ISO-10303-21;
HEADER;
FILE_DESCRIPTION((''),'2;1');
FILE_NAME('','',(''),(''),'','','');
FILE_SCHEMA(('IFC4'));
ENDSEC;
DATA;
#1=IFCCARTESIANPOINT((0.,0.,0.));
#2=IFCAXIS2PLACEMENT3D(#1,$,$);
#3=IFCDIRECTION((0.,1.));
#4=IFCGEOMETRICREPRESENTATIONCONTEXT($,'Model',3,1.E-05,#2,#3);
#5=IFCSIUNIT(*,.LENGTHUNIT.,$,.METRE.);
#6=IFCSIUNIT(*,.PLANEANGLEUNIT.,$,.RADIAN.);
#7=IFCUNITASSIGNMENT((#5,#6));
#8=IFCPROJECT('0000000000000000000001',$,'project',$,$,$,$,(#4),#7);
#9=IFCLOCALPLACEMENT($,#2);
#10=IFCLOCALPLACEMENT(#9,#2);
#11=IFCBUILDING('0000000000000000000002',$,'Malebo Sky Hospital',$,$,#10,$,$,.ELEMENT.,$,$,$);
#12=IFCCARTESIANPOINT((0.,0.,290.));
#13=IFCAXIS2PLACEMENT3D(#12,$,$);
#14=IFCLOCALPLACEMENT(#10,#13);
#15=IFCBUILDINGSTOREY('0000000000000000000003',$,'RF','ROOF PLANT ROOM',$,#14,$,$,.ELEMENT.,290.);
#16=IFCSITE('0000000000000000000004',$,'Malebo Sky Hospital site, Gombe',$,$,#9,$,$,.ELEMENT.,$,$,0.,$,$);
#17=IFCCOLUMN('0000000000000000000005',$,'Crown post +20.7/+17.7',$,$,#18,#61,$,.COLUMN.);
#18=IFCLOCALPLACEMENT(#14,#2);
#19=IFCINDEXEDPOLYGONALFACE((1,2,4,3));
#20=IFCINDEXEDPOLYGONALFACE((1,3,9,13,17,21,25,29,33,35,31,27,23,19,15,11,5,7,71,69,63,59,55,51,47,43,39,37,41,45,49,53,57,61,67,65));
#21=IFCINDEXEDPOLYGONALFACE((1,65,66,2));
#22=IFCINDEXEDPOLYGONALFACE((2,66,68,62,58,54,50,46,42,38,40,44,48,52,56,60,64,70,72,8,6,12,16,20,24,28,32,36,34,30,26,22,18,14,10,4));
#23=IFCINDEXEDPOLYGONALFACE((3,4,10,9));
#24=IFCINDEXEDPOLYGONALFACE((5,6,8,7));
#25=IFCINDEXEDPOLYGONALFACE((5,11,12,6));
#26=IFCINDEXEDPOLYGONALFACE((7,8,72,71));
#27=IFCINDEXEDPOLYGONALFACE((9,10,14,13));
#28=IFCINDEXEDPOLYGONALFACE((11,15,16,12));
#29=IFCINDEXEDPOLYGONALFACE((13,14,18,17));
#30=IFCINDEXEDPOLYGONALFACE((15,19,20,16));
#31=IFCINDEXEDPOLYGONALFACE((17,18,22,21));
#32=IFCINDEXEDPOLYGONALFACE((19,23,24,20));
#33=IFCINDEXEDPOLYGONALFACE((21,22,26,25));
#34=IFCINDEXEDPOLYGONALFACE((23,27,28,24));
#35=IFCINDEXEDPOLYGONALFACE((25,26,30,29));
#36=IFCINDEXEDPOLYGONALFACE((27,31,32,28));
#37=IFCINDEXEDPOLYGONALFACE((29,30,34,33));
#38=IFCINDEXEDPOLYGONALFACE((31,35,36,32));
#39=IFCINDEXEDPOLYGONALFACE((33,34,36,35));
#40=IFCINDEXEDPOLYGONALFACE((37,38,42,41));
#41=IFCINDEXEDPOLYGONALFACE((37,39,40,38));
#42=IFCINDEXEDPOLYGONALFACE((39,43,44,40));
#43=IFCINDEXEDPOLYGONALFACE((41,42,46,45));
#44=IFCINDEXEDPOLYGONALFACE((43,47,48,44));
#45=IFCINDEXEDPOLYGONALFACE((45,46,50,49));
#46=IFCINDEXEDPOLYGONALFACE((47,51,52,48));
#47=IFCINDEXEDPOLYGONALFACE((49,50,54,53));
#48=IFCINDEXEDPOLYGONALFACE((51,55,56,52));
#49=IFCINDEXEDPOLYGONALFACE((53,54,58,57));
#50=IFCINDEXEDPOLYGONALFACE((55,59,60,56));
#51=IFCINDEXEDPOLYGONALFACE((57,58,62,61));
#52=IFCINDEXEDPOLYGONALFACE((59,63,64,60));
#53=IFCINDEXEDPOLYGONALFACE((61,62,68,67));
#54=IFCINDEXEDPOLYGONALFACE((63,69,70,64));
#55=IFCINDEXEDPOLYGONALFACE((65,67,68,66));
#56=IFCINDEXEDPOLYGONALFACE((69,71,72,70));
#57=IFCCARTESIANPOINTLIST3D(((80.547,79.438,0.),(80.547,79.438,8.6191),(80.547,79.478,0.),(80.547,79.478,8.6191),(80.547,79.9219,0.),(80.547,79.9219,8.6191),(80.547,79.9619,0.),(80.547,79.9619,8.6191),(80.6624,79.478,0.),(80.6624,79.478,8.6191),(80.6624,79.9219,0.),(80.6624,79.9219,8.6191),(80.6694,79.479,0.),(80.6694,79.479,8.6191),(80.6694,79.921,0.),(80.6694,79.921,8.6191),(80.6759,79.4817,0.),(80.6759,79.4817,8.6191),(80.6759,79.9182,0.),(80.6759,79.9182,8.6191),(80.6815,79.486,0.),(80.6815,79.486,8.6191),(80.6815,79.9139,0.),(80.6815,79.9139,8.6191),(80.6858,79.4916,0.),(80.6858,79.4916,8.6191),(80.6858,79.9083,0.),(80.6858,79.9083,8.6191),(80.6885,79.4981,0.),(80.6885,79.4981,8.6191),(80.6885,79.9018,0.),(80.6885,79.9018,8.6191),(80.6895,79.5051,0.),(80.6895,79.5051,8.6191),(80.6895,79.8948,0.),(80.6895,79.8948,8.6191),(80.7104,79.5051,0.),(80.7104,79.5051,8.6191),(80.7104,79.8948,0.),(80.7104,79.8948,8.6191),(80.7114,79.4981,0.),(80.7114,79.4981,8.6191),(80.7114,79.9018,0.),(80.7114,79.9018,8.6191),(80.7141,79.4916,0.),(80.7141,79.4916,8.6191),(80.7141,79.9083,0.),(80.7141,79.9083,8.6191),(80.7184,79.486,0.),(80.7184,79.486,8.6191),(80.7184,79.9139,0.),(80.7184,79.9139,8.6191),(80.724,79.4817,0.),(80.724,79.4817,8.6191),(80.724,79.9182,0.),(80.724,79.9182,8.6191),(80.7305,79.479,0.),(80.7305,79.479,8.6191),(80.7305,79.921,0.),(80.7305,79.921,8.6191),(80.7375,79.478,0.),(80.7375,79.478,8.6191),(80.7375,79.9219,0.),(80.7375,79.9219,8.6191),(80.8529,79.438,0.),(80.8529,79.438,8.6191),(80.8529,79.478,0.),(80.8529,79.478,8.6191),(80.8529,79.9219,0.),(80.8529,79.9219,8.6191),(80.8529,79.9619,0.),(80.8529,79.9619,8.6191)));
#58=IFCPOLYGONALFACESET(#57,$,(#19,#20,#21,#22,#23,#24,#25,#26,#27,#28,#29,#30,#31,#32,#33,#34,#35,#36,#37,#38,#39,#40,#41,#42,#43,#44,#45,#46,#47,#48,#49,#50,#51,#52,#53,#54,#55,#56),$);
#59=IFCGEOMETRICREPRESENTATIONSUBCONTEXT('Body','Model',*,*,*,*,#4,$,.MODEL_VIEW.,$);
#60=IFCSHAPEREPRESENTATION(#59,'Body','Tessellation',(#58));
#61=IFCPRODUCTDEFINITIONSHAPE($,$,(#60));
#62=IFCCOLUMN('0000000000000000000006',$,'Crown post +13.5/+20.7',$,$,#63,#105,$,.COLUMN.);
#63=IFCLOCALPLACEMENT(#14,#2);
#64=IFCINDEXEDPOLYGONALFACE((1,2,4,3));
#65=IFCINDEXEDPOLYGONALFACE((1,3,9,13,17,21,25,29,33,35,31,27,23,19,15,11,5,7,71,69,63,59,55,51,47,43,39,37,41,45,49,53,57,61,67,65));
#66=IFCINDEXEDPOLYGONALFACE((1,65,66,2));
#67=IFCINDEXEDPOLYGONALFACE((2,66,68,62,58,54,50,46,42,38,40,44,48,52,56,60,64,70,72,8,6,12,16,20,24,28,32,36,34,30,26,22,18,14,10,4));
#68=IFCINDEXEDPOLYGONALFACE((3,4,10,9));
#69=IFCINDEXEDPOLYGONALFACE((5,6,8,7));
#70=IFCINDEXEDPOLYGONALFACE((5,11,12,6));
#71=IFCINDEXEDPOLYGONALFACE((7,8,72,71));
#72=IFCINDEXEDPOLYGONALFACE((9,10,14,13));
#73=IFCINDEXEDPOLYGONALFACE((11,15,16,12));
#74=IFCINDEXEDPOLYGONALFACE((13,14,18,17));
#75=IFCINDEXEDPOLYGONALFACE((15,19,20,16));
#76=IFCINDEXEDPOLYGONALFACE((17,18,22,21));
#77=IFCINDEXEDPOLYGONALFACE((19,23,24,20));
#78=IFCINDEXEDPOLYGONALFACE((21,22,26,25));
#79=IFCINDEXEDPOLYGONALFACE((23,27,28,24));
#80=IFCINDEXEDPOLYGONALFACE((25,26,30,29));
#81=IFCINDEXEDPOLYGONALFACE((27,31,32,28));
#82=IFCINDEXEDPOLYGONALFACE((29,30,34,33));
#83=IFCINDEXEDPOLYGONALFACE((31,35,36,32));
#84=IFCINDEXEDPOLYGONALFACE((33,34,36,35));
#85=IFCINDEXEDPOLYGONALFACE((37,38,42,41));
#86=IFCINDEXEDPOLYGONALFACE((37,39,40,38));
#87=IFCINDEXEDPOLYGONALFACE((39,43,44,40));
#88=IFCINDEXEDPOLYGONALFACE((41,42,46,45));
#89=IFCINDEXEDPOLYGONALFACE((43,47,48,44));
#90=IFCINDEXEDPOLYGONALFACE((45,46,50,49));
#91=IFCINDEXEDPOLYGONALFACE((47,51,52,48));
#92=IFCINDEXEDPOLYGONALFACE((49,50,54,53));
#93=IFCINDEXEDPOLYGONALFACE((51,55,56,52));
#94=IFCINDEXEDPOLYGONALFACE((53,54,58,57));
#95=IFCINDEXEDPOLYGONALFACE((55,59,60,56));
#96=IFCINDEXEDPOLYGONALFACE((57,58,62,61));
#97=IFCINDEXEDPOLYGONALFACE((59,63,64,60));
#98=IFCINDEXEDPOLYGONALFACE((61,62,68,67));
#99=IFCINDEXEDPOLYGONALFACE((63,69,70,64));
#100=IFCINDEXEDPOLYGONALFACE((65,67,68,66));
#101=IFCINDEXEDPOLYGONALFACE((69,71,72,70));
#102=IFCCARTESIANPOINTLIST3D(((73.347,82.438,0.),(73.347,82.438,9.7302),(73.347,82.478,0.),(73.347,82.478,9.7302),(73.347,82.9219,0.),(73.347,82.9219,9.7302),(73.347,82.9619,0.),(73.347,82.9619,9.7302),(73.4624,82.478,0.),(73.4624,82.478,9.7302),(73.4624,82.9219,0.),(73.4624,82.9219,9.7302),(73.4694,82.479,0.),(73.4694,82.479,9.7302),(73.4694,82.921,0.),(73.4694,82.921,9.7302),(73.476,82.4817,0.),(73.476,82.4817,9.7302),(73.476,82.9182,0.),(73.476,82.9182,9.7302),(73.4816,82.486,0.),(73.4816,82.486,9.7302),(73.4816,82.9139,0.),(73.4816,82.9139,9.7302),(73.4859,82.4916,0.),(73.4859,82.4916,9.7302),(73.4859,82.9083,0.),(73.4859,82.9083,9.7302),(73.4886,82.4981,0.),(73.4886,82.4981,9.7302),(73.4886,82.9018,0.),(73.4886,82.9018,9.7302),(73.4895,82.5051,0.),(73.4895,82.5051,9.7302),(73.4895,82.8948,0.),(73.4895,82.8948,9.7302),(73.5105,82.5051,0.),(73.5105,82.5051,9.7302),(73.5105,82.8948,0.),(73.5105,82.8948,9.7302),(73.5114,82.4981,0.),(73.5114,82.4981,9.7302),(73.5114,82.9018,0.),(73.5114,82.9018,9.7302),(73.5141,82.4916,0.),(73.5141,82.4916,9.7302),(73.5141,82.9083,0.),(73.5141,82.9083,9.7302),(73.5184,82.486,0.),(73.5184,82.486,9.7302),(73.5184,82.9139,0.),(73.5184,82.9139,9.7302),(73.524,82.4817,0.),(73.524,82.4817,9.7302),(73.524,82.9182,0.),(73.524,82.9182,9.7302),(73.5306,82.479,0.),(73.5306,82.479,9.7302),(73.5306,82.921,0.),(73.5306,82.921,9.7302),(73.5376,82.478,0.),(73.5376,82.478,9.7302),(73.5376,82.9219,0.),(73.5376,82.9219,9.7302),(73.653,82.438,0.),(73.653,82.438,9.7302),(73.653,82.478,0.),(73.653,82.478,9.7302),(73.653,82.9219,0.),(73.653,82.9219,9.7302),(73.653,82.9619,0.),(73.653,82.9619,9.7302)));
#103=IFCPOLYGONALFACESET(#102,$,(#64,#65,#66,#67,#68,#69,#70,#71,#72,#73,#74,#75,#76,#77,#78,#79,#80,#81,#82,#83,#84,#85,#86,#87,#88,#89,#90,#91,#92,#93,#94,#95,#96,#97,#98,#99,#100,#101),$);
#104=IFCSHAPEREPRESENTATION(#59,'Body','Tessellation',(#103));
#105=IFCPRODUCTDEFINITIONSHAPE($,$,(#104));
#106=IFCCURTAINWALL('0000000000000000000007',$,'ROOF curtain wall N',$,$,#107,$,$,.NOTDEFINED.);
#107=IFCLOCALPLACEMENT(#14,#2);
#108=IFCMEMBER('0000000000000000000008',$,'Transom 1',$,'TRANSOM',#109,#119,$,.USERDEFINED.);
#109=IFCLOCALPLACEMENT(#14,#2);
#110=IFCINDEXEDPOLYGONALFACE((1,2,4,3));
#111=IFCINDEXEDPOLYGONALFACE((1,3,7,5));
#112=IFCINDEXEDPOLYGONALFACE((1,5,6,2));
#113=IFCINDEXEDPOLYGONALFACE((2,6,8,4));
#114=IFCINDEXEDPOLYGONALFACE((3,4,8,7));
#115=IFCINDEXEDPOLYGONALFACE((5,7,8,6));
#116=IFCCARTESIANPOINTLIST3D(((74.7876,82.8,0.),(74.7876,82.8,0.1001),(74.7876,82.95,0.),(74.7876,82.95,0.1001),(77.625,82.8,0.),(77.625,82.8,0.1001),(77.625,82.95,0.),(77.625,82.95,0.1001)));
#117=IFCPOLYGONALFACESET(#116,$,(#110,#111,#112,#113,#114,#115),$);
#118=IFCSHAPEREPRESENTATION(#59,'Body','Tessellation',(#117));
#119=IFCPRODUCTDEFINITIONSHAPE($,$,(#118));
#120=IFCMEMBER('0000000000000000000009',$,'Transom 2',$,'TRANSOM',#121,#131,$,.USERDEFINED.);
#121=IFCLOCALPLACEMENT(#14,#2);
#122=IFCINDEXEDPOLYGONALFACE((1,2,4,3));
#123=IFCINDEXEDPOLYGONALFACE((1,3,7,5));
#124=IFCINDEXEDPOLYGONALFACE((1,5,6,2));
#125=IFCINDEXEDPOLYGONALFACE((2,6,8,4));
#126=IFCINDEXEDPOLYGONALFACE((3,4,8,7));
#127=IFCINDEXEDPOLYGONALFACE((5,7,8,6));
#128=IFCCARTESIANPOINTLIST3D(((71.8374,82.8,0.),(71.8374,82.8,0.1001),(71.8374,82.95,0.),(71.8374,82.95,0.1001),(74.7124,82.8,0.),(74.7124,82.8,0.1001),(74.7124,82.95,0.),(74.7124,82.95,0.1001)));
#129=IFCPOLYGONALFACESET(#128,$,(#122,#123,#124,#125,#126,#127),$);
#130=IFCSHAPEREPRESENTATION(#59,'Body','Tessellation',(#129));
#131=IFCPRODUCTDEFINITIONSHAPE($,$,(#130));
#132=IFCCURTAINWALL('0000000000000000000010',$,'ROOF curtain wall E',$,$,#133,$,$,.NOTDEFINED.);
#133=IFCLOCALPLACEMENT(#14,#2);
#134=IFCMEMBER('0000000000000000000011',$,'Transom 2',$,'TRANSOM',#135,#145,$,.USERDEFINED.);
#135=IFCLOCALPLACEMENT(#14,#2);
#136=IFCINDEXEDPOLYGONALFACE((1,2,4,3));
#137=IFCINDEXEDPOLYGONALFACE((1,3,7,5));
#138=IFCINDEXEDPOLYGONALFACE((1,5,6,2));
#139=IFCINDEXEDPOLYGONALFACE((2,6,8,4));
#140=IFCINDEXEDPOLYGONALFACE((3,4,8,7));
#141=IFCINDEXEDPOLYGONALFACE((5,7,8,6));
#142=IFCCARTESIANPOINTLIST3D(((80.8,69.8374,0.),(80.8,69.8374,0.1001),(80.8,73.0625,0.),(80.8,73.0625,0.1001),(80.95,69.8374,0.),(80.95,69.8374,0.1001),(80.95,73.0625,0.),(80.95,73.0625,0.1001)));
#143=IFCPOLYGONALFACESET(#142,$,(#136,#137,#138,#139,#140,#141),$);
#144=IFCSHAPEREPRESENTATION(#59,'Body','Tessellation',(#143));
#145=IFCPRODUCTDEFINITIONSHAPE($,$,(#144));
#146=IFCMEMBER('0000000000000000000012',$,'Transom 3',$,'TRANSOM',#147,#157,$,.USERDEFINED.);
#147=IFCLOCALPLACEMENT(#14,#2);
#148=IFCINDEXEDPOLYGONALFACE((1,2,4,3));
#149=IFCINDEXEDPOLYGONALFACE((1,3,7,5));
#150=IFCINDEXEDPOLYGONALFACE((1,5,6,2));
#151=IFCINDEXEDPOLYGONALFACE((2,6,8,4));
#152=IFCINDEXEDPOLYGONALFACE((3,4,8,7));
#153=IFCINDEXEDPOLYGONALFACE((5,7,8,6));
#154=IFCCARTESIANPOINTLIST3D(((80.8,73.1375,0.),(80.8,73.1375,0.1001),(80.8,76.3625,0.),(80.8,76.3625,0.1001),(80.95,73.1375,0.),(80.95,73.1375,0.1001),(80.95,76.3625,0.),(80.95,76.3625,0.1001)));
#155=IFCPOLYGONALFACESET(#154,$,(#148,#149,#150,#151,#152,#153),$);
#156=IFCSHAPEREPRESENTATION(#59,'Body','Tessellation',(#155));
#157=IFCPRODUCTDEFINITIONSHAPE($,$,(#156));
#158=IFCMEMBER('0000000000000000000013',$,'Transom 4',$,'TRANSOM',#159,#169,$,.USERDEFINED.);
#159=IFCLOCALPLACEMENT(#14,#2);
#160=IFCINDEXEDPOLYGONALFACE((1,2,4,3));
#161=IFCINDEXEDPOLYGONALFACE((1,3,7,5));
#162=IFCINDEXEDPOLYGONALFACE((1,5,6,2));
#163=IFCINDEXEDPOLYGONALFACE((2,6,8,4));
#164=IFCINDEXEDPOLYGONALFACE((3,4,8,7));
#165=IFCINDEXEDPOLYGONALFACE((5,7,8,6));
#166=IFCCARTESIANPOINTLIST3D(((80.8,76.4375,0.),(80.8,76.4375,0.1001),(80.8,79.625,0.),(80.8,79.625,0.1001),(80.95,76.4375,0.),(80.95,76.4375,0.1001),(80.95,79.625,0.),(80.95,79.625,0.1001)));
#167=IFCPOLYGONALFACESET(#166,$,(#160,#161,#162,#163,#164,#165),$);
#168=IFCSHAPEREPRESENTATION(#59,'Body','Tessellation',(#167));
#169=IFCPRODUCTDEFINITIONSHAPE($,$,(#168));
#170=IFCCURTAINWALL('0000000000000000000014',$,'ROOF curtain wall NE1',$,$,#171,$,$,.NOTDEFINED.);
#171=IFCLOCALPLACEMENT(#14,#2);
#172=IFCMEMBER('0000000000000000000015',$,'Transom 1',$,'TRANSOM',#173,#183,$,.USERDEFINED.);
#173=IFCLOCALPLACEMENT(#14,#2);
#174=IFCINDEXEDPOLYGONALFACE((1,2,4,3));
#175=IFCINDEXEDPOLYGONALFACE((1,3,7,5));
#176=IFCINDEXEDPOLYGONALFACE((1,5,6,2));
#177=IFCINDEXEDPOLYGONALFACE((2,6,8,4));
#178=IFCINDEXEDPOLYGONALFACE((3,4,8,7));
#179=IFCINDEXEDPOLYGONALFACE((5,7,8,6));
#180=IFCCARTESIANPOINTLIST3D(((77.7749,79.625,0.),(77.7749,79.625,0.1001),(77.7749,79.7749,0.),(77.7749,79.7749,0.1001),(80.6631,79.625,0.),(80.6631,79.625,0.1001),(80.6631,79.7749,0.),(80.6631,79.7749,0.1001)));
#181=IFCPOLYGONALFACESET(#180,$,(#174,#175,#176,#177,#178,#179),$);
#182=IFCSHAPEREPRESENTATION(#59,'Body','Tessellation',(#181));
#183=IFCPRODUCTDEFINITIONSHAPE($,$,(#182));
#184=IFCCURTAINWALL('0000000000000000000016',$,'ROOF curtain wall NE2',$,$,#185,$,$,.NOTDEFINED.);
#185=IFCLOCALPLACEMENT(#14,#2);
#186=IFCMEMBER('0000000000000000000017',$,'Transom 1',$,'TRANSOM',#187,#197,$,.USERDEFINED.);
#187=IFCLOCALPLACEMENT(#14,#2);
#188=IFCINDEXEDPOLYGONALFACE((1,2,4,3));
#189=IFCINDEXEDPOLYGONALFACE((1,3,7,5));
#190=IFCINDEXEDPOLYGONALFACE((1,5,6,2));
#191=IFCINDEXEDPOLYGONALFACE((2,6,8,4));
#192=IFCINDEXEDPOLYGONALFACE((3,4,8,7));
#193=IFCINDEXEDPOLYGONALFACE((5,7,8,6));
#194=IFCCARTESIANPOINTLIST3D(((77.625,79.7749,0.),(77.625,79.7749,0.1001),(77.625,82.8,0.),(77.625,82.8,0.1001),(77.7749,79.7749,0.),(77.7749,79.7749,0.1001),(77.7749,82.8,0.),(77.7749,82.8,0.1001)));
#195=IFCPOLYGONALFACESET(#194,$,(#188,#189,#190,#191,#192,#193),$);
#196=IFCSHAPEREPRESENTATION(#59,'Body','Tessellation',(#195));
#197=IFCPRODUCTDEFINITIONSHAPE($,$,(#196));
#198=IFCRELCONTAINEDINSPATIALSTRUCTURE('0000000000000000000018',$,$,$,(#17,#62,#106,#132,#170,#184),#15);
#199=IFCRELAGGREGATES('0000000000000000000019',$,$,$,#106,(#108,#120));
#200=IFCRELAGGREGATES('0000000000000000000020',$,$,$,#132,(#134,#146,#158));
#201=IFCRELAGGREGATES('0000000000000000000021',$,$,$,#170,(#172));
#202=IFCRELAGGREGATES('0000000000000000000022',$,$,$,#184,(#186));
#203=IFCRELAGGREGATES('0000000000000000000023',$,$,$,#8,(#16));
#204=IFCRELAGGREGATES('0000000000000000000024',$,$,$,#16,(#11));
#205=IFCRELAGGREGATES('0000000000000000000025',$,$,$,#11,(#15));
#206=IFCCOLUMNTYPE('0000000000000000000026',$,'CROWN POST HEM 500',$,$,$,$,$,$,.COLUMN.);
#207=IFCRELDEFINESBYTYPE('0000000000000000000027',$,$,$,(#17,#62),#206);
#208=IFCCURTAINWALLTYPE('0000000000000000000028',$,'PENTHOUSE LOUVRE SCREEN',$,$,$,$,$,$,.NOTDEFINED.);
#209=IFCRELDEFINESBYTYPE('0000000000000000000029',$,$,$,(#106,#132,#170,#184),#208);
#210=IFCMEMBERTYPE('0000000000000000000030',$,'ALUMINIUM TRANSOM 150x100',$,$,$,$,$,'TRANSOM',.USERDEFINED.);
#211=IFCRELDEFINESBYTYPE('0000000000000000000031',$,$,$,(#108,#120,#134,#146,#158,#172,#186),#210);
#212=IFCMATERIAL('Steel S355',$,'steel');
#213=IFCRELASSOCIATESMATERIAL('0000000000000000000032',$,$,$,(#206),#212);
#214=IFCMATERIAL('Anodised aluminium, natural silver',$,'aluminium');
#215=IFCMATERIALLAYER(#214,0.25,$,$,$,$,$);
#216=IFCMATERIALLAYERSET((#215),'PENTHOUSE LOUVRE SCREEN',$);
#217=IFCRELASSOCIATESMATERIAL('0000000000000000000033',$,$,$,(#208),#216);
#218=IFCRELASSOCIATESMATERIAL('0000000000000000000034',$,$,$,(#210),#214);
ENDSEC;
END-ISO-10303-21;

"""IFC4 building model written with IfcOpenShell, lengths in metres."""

from ifc_helpers import new_model, si_unit, direction, frame, origin, origin_2d, place, context, subcontext, project, spatial, rectangle, i_section, extrude, material, layer, layer_set, material_profile, profile_set, type_object, element, aggregate, save


model = new_model("IFC4")

# Units and contexts
model_context = context("Model", 3, precision=1e-05, world=origin(), true_north=direction((0.0, 1.0)))
body_context = subcontext(model_context, "Body", "Model", "MODEL_VIEW")
ifc_project = project(units=[si_unit("LENGTHUNIT", "METRE"), si_unit("PLANEANGLEUNIT", "RADIAN")], contexts=[model_context])

# Site, building, storey
site_placement = place(None, origin())
site = spatial("IfcSite", under=ifc_project, at=site_placement, Name="Malebo Sky Hospital site, Gombe", CompositionType="ELEMENT", RefElevation=0.0)
building_placement = place(site_placement, origin())
building = spatial("IfcBuilding", under=site, at=building_placement, Name="Malebo Sky Hospital", CompositionType="ELEMENT")
storey_placement = place(building_placement, frame((0.0, 0.0, 290.0)))
storey = spatial("IfcBuildingStorey", under=building, at=storey_placement, Name="RF", Description="ROOF PLANT ROOM", CompositionType="ELEMENT", Elevation=290.0)

# Columns
ifc_material_1 = material(Name="Steel S355", Category="steel")
ifc_material_profile_1 = material_profile(ifc_material_1, i_section(OverallWidth=0.3059, OverallDepth=0.5239, WebThickness=0.021, FlangeThickness=0.04, FilletRadius=0.0271, at=origin_2d()), Name="HEM 500")
ifc_profile_set_1 = profile_set([ifc_material_profile_1], Name="Steel S355")
column_type = type_object("IfcColumnType", Name="CROWN POST HEM 500", PredefinedType="COLUMN", material=ifc_profile_set_1)
column_1_placement = place(storey_placement, frame((80.7, 79.7, 0.0), z_axis=(0.0, 0.0, 1.0), x_axis=(1.0, 0.0, 0.0)))
element("IfcColumn", 1, at=column_1_placement, inside=storey, type_object=column_type, Name="Crown post +20.7/+17.7", PredefinedType="COLUMN", context=body_context, shape_type="SweptSolid", body=[
    extrude(i_section(OverallWidth=0.3059, OverallDepth=0.5239, WebThickness=0.021, FlangeThickness=0.04, FilletRadius=0.0271, at=origin_2d()), origin(), (0.0, 0.0, 1.0), 8.6191),
])
column_2_placement = place(storey_placement, frame((73.5, 82.7, 0.0), z_axis=(0.0, 0.0, 1.0), x_axis=(1.0, 0.0, 0.0)))
element("IfcColumn", 2, at=column_2_placement, inside=storey, type_object=column_type, Name="Crown post +13.5/+20.7", PredefinedType="COLUMN", context=body_context, shape_type="SweptSolid", body=[
    extrude(i_section(OverallWidth=0.3059, OverallDepth=0.5239, WebThickness=0.021, FlangeThickness=0.04, FilletRadius=0.0271, at=origin_2d()), origin(), (0.0, 0.0, 1.0), 9.7302),
])

# Curtain walls, members
ifc_material_2 = material(Name="Anodised aluminium, natural silver", Category="aluminium")
ifc_layer_1 = layer(ifc_material_2, 0.25)
ifc_layer_set_1 = layer_set([ifc_layer_1], Name="PENTHOUSE LOUVRE SCREEN")
curtain_wall_type = type_object("IfcCurtainWallType", Name="PENTHOUSE LOUVRE SCREEN", PredefinedType="NOTDEFINED", material=ifc_layer_set_1)
curtain_wall_1_placement = place(storey_placement, origin())
curtain_wall_1 = element("IfcCurtainWall", 3, at=curtain_wall_1_placement, inside=storey, type_object=curtain_wall_type, Name="ROOF curtain wall N", PredefinedType="NOTDEFINED")
ifc_material_profile_2 = material_profile(ifc_material_2, rectangle(XDim=0.1499, YDim=0.1001, at=origin_2d()), Name="ALUMINIUM TRANSOM 150x100")
ifc_profile_set_2 = profile_set([ifc_material_profile_2], Name="Anodised aluminium, natural silver")
member_type_1 = type_object("IfcMemberType", Name="ALUMINIUM TRANSOM 150x100", ElementType="TRANSOM", PredefinedType="USERDEFINED", material=ifc_profile_set_2)
member_1_placement = place(storey_placement, frame((77.625, 82.875, 0.05), z_axis=(-1.0, 0.0, 0.0), x_axis=(0.0, -1.0, 0.0)))
member_1 = element("IfcMember", 4, at=member_1_placement, type_object=member_type_1, Name="Transom 1", ObjectType="TRANSOM", PredefinedType="USERDEFINED", context=body_context, shape_type="SweptSolid", body=[
    extrude(rectangle(XDim=0.1499, YDim=0.1001, at=origin_2d()), origin(), (0.0, 0.0, 1.0), 2.8374),
])
member_2_placement = place(storey_placement, frame((74.7124, 82.875, 0.05), z_axis=(-1.0, 0.0, 0.0), x_axis=(0.0, -1.0, 0.0)))
member_2 = element("IfcMember", 5, at=member_2_placement, type_object=member_type_1, Name="Transom 2", ObjectType="TRANSOM", PredefinedType="USERDEFINED", context=body_context, shape_type="SweptSolid", body=[
    extrude(rectangle(XDim=0.1499, YDim=0.1001, at=origin_2d()), origin(), (0.0, 0.0, 1.0), 2.875),
])
curtain_wall_2_placement = place(storey_placement, origin())
curtain_wall_2 = element("IfcCurtainWall", 6, at=curtain_wall_2_placement, inside=storey, type_object=curtain_wall_type, Name="ROOF curtain wall E", PredefinedType="NOTDEFINED")
member_3_placement = place(storey_placement, frame((80.875, 69.8374, 0.05), z_axis=(0.0, 1.0, 0.0), x_axis=(-1.0, 0.0, 0.0)))
member_3 = element("IfcMember", 7, at=member_3_placement, type_object=member_type_1, Name="Transom 2", ObjectType="TRANSOM", PredefinedType="USERDEFINED", context=body_context, shape_type="SweptSolid", body=[
    extrude(rectangle(XDim=0.1499, YDim=0.1001, at=origin_2d()), origin(), (0.0, 0.0, 1.0), 3.2251),
])
member_4_placement = place(storey_placement, frame((80.875, 73.1375, 0.05), z_axis=(0.0, 1.0, 0.0), x_axis=(-1.0, 0.0, 0.0)))
member_4 = element("IfcMember", 8, at=member_4_placement, type_object=member_type_1, Name="Transom 3", ObjectType="TRANSOM", PredefinedType="USERDEFINED", context=body_context, shape_type="SweptSolid", body=[
    extrude(rectangle(XDim=0.1499, YDim=0.1001, at=origin_2d()), origin(), (0.0, 0.0, 1.0), 3.2251),
])
member_5_placement = place(storey_placement, frame((80.875, 76.4375, 0.05), z_axis=(0.0, 1.0, 0.0), x_axis=(-1.0, 0.0, 0.0)))
member_5 = element("IfcMember", 9, at=member_5_placement, type_object=member_type_1, Name="Transom 4", ObjectType="TRANSOM", PredefinedType="USERDEFINED", context=body_context, shape_type="SweptSolid", body=[
    extrude(rectangle(XDim=0.1499, YDim=0.1001, at=origin_2d()), origin(), (0.0, 0.0, 1.0), 3.1875),
])

# Curtain walls, members
curtain_wall_3_placement = place(storey_placement, origin())
curtain_wall_3 = element("IfcCurtainWall", 10, at=curtain_wall_3_placement, inside=storey, type_object=curtain_wall_type, Name="ROOF curtain wall NE1", PredefinedType="NOTDEFINED")
member_6_placement = place(storey_placement, frame((80.6631, 79.7, 0.05), z_axis=(-1.0, 0.0, 0.0), x_axis=(0.0, -1.0, 0.0)))
member_6 = element("IfcMember", 11, at=member_6_placement, type_object=member_type_1, Name="Transom 1", ObjectType="TRANSOM", PredefinedType="USERDEFINED", context=body_context, shape_type="SweptSolid", body=[
    extrude(rectangle(XDim=0.1499, YDim=0.1001, at=origin_2d()), origin(), (0.0, 0.0, 1.0), 2.8882),
])
curtain_wall_4_placement = place(storey_placement, origin())
curtain_wall_4 = element("IfcCurtainWall", 12, at=curtain_wall_4_placement, inside=storey, type_object=curtain_wall_type, Name="ROOF curtain wall NE2", PredefinedType="NOTDEFINED")
member_7_placement = place(storey_placement, frame((77.7, 79.7749, 0.05), z_axis=(0.0, 1.0, 0.0), x_axis=(-1.0, 0.0, 0.0)))
member_7 = element("IfcMember", 13, at=member_7_placement, type_object=member_type_1, Name="Transom 1", ObjectType="TRANSOM", PredefinedType="USERDEFINED", context=body_context, shape_type="SweptSolid", body=[
    extrude(rectangle(XDim=0.1499, YDim=0.1001, at=origin_2d()), origin(), (0.0, 0.0, 1.0), 3.0251),
])

aggregate(curtain_wall_1, [member_1, member_2])
aggregate(curtain_wall_2, [member_3, member_4, member_5])
aggregate(curtain_wall_3, [member_6])
aggregate(curtain_wall_4, [member_7])

save(model, "model.ifc")
